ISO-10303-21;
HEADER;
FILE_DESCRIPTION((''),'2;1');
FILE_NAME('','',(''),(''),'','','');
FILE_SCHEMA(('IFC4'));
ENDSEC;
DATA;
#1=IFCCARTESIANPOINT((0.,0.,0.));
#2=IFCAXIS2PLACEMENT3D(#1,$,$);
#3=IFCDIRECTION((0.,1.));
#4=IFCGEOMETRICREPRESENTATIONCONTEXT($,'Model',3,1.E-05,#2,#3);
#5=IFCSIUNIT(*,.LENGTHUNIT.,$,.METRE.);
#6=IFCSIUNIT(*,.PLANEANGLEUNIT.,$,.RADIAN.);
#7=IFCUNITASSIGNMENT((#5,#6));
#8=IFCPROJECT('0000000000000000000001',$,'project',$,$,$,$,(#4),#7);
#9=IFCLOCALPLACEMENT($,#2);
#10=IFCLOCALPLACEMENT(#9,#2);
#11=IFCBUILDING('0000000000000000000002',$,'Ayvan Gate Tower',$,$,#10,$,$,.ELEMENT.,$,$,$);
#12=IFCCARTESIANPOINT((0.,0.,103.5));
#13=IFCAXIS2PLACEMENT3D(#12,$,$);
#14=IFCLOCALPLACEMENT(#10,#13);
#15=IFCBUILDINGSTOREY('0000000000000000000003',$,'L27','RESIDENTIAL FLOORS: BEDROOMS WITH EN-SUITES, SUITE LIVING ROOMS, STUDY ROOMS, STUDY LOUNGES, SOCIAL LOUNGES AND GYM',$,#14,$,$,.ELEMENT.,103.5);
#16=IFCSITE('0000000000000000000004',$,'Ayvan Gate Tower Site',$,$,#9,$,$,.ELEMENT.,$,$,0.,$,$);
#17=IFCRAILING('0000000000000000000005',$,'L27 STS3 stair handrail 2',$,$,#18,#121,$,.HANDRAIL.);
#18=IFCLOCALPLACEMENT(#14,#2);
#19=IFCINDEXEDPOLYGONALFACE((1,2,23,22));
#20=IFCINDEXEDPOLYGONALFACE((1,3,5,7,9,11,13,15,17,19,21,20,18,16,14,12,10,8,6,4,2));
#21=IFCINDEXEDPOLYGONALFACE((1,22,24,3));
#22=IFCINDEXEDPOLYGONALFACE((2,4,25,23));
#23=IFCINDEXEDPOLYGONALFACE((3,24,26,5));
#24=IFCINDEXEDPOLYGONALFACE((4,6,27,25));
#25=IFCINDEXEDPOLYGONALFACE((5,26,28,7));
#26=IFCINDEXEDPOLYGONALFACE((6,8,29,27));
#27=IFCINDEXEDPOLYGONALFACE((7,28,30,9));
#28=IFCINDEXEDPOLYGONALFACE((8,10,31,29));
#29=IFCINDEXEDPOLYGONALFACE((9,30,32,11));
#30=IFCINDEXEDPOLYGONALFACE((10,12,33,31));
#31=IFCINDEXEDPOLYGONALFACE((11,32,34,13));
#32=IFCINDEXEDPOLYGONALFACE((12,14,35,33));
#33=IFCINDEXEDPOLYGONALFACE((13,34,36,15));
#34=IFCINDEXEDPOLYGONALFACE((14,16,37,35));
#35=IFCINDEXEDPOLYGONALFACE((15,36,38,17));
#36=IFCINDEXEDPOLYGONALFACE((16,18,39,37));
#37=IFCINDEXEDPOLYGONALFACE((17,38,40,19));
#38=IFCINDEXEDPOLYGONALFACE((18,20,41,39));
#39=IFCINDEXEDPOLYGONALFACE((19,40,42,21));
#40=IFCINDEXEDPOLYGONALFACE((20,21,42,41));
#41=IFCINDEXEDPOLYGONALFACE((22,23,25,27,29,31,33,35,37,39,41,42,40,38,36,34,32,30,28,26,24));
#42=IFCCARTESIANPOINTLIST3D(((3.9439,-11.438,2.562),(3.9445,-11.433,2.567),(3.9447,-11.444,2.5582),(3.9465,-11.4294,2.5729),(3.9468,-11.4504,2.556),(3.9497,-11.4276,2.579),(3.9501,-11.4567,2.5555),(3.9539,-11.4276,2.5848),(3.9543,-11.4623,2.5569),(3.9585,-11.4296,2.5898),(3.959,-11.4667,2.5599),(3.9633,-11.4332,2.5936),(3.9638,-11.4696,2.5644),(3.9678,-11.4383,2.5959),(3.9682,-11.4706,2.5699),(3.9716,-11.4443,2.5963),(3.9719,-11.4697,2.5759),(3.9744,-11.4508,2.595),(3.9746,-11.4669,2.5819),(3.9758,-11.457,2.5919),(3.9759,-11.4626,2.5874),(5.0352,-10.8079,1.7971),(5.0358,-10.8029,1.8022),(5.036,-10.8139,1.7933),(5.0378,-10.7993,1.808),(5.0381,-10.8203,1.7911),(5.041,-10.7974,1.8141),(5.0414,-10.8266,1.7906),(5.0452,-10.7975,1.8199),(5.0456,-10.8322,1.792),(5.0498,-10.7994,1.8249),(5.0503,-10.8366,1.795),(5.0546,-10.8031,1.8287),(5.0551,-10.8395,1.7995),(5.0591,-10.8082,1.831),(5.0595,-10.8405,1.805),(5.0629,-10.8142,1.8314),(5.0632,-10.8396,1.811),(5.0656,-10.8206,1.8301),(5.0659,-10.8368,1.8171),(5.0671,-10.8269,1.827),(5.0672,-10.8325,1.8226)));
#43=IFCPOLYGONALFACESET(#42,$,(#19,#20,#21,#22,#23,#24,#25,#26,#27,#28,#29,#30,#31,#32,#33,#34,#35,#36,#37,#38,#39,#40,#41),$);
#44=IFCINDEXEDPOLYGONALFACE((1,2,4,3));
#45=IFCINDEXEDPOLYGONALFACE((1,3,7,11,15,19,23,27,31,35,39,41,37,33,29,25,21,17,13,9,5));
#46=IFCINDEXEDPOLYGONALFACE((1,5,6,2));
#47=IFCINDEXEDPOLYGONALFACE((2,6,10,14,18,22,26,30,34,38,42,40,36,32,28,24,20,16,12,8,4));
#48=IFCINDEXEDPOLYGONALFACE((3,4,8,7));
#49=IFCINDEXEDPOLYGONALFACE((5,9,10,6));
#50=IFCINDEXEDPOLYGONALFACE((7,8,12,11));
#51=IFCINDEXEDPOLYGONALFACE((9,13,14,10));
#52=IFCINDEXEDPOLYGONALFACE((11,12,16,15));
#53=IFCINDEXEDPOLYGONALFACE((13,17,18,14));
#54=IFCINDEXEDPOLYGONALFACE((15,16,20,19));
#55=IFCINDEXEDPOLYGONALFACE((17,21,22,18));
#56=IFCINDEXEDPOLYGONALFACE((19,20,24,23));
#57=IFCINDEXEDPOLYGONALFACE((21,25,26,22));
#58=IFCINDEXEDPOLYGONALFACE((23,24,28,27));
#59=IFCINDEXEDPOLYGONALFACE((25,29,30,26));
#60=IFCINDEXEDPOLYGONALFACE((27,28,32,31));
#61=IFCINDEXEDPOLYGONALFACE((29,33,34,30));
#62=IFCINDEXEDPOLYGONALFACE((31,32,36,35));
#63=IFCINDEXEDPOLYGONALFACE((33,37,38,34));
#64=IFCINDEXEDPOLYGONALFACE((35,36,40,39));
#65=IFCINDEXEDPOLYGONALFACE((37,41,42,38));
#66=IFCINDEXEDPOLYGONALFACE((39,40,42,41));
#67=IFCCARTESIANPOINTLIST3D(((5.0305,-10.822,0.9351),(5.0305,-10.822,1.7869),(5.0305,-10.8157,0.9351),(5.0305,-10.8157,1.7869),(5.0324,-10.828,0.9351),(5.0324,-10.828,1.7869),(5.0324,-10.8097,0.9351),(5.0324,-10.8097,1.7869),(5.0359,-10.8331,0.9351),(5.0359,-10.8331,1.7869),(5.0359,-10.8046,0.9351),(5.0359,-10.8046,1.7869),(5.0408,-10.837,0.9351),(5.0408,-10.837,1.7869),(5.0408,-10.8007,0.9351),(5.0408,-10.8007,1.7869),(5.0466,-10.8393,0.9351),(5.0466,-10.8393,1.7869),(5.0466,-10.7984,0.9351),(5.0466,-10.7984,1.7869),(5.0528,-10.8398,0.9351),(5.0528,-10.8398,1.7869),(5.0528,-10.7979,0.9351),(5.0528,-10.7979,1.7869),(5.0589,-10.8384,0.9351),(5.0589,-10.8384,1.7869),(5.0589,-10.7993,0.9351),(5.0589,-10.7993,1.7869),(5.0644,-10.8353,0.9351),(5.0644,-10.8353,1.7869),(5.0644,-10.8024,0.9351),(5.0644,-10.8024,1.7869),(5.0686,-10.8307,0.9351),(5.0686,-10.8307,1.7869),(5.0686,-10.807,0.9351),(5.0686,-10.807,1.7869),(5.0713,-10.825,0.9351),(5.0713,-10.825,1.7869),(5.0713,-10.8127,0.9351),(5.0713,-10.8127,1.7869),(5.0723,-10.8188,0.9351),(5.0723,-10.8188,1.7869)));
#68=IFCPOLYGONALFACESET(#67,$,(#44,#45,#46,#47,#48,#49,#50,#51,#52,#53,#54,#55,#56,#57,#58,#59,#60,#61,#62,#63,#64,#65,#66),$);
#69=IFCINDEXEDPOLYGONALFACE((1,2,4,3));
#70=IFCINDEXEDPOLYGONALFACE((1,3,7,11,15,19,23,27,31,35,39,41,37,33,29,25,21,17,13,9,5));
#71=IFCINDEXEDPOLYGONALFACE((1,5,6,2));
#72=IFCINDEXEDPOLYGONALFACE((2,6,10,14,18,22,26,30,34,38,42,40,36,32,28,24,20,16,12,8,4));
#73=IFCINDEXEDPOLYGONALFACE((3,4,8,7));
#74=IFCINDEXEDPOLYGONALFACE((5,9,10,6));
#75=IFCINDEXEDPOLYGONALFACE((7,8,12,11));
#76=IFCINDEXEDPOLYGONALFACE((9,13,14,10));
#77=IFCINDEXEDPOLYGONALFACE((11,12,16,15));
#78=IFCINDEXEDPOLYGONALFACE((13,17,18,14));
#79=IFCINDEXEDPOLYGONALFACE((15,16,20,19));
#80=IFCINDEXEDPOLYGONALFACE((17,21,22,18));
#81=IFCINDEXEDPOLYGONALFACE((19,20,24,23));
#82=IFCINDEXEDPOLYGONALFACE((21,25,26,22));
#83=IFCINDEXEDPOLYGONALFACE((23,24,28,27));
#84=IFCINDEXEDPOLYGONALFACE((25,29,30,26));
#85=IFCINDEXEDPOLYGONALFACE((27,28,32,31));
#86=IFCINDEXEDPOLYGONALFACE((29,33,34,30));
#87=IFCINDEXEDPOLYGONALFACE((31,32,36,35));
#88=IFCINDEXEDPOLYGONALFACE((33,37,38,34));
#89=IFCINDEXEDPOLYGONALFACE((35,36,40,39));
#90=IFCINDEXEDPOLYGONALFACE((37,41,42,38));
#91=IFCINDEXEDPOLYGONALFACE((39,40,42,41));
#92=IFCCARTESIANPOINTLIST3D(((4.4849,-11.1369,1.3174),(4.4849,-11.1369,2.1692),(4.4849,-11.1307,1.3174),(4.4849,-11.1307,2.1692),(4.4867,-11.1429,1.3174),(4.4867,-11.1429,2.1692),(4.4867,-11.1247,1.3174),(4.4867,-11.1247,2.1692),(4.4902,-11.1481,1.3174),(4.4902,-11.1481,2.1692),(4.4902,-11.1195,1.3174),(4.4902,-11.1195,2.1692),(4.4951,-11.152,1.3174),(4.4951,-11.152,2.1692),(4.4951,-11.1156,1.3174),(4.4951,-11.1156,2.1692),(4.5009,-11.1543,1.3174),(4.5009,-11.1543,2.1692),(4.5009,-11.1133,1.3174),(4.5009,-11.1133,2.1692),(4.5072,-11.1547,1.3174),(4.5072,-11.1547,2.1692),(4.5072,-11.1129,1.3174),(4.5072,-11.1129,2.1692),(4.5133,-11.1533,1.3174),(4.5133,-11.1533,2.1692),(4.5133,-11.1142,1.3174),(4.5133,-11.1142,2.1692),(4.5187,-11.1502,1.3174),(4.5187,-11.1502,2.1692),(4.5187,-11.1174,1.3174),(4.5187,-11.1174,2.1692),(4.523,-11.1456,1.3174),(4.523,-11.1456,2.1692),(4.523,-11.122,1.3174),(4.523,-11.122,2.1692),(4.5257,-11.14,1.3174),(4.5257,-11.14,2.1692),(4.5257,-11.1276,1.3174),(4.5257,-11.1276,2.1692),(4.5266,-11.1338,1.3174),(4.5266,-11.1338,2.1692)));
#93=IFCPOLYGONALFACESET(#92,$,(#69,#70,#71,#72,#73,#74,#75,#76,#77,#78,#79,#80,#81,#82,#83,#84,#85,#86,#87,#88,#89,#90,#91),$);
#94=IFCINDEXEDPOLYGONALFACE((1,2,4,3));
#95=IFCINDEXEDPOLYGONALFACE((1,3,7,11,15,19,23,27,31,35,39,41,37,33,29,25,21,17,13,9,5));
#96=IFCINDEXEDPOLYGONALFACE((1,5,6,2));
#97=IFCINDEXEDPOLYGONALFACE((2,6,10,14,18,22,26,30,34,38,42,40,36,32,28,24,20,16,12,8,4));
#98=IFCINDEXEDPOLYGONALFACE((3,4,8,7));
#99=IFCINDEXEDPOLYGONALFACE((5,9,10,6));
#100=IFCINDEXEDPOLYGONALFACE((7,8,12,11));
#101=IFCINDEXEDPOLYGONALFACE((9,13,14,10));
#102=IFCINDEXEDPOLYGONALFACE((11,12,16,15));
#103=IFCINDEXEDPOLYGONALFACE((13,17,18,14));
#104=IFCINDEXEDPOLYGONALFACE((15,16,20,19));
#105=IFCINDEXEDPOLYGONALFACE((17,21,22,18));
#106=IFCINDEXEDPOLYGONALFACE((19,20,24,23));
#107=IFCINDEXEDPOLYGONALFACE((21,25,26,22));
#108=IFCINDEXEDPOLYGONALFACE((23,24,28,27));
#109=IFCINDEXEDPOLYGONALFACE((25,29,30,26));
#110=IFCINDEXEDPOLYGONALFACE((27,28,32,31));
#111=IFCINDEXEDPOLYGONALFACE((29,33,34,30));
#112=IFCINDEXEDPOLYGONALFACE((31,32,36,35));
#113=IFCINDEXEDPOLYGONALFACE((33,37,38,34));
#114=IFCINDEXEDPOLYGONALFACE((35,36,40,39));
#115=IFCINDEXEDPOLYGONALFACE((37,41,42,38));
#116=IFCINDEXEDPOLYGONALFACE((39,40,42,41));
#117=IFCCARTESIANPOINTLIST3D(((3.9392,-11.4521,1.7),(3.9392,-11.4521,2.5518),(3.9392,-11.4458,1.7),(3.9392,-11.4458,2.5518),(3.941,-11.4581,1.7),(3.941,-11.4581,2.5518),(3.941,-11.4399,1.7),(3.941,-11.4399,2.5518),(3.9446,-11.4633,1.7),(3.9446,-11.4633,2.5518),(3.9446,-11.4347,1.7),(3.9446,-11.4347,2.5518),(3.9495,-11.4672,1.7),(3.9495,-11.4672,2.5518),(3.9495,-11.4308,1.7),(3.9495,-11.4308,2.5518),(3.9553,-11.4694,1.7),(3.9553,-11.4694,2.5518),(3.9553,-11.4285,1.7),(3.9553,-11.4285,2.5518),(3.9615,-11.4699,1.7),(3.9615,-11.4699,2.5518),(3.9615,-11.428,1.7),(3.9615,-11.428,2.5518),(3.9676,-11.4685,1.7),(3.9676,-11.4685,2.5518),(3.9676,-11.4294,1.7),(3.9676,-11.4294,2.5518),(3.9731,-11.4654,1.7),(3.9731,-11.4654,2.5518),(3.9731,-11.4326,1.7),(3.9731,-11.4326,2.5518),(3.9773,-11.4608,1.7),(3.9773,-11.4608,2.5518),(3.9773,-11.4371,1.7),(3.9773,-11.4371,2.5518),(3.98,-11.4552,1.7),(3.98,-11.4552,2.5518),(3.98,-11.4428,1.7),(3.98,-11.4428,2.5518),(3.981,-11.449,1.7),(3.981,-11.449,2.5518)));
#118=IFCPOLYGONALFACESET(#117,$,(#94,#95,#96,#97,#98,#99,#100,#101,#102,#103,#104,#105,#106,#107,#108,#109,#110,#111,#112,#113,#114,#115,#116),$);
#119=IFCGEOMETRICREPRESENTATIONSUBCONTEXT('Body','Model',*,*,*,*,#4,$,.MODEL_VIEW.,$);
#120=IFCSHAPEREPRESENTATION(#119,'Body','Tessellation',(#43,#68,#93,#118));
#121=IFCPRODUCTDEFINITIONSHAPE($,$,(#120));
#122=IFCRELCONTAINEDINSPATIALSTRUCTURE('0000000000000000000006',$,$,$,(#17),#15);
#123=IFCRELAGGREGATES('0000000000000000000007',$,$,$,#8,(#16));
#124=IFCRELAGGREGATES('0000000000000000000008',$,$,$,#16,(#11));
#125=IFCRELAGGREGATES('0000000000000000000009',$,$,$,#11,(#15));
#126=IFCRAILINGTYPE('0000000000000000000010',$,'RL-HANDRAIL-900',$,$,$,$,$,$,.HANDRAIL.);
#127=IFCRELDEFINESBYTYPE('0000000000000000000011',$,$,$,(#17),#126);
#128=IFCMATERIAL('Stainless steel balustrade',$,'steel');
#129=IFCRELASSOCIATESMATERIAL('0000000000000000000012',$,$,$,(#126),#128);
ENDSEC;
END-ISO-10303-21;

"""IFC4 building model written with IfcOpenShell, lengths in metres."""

from ifc_helpers import new_model, si_unit, direction, frame, origin, origin_2d, place, context, subcontext, project, spatial, circle, extrude, material, type_object, element, save


model = new_model("IFC4")

# Units and contexts
model_context = context("Model", 3, precision=1e-05, world=origin(), true_north=direction((0.0, 1.0)))
body_context = subcontext(model_context, "Body", "Model", "MODEL_VIEW")
ifc_project = project(units=[si_unit("LENGTHUNIT", "METRE"), si_unit("PLANEANGLEUNIT", "RADIAN")], contexts=[model_context])

# Site, building, storey
site_placement = place(None, origin())
site = spatial("IfcSite", under=ifc_project, at=site_placement, Name="Ayvan Gate Tower Site", CompositionType="ELEMENT", RefElevation=0.0)
building_placement = place(site_placement, origin())
building = spatial("IfcBuilding", under=site, at=building_placement, Name="Ayvan Gate Tower", CompositionType="ELEMENT")
storey_placement = place(building_placement, frame((0.0, 0.0, 103.5)))
storey = spatial("IfcBuildingStorey", under=building, at=storey_placement, Name="L27", Description="RESIDENTIAL FLOORS: BEDROOMS WITH EN-SUITES, SUITE LIVING ROOMS, STUDY ROOMS, STUDY LOUNGES, SOCIAL LOUNGES AND GYM", CompositionType="ELEMENT", Elevation=103.5)

# Railing
ifc_material_1 = material(Name="Stainless steel balustrade", Category="steel")
railing_type_1 = type_object("IfcRailingType", Name="RL-HANDRAIL-900", PredefinedType="HANDRAIL", material=ifc_material_1)
railing_1_placement = place(storey_placement, frame((5.0513, -10.8188, 0.9351)))
element("IfcRailing", 1, at=railing_1_placement, inside=storey, type_object=railing_type_1, Name="L27 STS3 stair handrail 2", PredefinedType="HANDRAIL", context=body_context, shape_type="SweptSolid", body=[
    extrude(circle(Radius=0.0239, at=origin_2d()), frame((0.0, 0.0, 0.876), z_axis=(-0.740304, -0.427455, 0.518875), x_axis=(0.500035, -0.866005, 0.0)), (0.0, 0.0, 1.0), 1.4741),
    extrude(circle(Radius=0.021, at=origin_2d()), origin(), (0.0, 0.0, 1.0), 0.8518),
    extrude(circle(Radius=0.021, at=origin_2d()), frame((-0.5457, -0.3149, 0.3823)), (0.0, 0.0, 1.0), 0.8518),
    extrude(circle(Radius=0.021, at=origin_2d()), frame((-1.0913, -0.6301, 0.7649)), (0.0, 0.0, 1.0), 0.8518),
])

save(model, "model.ifc")
